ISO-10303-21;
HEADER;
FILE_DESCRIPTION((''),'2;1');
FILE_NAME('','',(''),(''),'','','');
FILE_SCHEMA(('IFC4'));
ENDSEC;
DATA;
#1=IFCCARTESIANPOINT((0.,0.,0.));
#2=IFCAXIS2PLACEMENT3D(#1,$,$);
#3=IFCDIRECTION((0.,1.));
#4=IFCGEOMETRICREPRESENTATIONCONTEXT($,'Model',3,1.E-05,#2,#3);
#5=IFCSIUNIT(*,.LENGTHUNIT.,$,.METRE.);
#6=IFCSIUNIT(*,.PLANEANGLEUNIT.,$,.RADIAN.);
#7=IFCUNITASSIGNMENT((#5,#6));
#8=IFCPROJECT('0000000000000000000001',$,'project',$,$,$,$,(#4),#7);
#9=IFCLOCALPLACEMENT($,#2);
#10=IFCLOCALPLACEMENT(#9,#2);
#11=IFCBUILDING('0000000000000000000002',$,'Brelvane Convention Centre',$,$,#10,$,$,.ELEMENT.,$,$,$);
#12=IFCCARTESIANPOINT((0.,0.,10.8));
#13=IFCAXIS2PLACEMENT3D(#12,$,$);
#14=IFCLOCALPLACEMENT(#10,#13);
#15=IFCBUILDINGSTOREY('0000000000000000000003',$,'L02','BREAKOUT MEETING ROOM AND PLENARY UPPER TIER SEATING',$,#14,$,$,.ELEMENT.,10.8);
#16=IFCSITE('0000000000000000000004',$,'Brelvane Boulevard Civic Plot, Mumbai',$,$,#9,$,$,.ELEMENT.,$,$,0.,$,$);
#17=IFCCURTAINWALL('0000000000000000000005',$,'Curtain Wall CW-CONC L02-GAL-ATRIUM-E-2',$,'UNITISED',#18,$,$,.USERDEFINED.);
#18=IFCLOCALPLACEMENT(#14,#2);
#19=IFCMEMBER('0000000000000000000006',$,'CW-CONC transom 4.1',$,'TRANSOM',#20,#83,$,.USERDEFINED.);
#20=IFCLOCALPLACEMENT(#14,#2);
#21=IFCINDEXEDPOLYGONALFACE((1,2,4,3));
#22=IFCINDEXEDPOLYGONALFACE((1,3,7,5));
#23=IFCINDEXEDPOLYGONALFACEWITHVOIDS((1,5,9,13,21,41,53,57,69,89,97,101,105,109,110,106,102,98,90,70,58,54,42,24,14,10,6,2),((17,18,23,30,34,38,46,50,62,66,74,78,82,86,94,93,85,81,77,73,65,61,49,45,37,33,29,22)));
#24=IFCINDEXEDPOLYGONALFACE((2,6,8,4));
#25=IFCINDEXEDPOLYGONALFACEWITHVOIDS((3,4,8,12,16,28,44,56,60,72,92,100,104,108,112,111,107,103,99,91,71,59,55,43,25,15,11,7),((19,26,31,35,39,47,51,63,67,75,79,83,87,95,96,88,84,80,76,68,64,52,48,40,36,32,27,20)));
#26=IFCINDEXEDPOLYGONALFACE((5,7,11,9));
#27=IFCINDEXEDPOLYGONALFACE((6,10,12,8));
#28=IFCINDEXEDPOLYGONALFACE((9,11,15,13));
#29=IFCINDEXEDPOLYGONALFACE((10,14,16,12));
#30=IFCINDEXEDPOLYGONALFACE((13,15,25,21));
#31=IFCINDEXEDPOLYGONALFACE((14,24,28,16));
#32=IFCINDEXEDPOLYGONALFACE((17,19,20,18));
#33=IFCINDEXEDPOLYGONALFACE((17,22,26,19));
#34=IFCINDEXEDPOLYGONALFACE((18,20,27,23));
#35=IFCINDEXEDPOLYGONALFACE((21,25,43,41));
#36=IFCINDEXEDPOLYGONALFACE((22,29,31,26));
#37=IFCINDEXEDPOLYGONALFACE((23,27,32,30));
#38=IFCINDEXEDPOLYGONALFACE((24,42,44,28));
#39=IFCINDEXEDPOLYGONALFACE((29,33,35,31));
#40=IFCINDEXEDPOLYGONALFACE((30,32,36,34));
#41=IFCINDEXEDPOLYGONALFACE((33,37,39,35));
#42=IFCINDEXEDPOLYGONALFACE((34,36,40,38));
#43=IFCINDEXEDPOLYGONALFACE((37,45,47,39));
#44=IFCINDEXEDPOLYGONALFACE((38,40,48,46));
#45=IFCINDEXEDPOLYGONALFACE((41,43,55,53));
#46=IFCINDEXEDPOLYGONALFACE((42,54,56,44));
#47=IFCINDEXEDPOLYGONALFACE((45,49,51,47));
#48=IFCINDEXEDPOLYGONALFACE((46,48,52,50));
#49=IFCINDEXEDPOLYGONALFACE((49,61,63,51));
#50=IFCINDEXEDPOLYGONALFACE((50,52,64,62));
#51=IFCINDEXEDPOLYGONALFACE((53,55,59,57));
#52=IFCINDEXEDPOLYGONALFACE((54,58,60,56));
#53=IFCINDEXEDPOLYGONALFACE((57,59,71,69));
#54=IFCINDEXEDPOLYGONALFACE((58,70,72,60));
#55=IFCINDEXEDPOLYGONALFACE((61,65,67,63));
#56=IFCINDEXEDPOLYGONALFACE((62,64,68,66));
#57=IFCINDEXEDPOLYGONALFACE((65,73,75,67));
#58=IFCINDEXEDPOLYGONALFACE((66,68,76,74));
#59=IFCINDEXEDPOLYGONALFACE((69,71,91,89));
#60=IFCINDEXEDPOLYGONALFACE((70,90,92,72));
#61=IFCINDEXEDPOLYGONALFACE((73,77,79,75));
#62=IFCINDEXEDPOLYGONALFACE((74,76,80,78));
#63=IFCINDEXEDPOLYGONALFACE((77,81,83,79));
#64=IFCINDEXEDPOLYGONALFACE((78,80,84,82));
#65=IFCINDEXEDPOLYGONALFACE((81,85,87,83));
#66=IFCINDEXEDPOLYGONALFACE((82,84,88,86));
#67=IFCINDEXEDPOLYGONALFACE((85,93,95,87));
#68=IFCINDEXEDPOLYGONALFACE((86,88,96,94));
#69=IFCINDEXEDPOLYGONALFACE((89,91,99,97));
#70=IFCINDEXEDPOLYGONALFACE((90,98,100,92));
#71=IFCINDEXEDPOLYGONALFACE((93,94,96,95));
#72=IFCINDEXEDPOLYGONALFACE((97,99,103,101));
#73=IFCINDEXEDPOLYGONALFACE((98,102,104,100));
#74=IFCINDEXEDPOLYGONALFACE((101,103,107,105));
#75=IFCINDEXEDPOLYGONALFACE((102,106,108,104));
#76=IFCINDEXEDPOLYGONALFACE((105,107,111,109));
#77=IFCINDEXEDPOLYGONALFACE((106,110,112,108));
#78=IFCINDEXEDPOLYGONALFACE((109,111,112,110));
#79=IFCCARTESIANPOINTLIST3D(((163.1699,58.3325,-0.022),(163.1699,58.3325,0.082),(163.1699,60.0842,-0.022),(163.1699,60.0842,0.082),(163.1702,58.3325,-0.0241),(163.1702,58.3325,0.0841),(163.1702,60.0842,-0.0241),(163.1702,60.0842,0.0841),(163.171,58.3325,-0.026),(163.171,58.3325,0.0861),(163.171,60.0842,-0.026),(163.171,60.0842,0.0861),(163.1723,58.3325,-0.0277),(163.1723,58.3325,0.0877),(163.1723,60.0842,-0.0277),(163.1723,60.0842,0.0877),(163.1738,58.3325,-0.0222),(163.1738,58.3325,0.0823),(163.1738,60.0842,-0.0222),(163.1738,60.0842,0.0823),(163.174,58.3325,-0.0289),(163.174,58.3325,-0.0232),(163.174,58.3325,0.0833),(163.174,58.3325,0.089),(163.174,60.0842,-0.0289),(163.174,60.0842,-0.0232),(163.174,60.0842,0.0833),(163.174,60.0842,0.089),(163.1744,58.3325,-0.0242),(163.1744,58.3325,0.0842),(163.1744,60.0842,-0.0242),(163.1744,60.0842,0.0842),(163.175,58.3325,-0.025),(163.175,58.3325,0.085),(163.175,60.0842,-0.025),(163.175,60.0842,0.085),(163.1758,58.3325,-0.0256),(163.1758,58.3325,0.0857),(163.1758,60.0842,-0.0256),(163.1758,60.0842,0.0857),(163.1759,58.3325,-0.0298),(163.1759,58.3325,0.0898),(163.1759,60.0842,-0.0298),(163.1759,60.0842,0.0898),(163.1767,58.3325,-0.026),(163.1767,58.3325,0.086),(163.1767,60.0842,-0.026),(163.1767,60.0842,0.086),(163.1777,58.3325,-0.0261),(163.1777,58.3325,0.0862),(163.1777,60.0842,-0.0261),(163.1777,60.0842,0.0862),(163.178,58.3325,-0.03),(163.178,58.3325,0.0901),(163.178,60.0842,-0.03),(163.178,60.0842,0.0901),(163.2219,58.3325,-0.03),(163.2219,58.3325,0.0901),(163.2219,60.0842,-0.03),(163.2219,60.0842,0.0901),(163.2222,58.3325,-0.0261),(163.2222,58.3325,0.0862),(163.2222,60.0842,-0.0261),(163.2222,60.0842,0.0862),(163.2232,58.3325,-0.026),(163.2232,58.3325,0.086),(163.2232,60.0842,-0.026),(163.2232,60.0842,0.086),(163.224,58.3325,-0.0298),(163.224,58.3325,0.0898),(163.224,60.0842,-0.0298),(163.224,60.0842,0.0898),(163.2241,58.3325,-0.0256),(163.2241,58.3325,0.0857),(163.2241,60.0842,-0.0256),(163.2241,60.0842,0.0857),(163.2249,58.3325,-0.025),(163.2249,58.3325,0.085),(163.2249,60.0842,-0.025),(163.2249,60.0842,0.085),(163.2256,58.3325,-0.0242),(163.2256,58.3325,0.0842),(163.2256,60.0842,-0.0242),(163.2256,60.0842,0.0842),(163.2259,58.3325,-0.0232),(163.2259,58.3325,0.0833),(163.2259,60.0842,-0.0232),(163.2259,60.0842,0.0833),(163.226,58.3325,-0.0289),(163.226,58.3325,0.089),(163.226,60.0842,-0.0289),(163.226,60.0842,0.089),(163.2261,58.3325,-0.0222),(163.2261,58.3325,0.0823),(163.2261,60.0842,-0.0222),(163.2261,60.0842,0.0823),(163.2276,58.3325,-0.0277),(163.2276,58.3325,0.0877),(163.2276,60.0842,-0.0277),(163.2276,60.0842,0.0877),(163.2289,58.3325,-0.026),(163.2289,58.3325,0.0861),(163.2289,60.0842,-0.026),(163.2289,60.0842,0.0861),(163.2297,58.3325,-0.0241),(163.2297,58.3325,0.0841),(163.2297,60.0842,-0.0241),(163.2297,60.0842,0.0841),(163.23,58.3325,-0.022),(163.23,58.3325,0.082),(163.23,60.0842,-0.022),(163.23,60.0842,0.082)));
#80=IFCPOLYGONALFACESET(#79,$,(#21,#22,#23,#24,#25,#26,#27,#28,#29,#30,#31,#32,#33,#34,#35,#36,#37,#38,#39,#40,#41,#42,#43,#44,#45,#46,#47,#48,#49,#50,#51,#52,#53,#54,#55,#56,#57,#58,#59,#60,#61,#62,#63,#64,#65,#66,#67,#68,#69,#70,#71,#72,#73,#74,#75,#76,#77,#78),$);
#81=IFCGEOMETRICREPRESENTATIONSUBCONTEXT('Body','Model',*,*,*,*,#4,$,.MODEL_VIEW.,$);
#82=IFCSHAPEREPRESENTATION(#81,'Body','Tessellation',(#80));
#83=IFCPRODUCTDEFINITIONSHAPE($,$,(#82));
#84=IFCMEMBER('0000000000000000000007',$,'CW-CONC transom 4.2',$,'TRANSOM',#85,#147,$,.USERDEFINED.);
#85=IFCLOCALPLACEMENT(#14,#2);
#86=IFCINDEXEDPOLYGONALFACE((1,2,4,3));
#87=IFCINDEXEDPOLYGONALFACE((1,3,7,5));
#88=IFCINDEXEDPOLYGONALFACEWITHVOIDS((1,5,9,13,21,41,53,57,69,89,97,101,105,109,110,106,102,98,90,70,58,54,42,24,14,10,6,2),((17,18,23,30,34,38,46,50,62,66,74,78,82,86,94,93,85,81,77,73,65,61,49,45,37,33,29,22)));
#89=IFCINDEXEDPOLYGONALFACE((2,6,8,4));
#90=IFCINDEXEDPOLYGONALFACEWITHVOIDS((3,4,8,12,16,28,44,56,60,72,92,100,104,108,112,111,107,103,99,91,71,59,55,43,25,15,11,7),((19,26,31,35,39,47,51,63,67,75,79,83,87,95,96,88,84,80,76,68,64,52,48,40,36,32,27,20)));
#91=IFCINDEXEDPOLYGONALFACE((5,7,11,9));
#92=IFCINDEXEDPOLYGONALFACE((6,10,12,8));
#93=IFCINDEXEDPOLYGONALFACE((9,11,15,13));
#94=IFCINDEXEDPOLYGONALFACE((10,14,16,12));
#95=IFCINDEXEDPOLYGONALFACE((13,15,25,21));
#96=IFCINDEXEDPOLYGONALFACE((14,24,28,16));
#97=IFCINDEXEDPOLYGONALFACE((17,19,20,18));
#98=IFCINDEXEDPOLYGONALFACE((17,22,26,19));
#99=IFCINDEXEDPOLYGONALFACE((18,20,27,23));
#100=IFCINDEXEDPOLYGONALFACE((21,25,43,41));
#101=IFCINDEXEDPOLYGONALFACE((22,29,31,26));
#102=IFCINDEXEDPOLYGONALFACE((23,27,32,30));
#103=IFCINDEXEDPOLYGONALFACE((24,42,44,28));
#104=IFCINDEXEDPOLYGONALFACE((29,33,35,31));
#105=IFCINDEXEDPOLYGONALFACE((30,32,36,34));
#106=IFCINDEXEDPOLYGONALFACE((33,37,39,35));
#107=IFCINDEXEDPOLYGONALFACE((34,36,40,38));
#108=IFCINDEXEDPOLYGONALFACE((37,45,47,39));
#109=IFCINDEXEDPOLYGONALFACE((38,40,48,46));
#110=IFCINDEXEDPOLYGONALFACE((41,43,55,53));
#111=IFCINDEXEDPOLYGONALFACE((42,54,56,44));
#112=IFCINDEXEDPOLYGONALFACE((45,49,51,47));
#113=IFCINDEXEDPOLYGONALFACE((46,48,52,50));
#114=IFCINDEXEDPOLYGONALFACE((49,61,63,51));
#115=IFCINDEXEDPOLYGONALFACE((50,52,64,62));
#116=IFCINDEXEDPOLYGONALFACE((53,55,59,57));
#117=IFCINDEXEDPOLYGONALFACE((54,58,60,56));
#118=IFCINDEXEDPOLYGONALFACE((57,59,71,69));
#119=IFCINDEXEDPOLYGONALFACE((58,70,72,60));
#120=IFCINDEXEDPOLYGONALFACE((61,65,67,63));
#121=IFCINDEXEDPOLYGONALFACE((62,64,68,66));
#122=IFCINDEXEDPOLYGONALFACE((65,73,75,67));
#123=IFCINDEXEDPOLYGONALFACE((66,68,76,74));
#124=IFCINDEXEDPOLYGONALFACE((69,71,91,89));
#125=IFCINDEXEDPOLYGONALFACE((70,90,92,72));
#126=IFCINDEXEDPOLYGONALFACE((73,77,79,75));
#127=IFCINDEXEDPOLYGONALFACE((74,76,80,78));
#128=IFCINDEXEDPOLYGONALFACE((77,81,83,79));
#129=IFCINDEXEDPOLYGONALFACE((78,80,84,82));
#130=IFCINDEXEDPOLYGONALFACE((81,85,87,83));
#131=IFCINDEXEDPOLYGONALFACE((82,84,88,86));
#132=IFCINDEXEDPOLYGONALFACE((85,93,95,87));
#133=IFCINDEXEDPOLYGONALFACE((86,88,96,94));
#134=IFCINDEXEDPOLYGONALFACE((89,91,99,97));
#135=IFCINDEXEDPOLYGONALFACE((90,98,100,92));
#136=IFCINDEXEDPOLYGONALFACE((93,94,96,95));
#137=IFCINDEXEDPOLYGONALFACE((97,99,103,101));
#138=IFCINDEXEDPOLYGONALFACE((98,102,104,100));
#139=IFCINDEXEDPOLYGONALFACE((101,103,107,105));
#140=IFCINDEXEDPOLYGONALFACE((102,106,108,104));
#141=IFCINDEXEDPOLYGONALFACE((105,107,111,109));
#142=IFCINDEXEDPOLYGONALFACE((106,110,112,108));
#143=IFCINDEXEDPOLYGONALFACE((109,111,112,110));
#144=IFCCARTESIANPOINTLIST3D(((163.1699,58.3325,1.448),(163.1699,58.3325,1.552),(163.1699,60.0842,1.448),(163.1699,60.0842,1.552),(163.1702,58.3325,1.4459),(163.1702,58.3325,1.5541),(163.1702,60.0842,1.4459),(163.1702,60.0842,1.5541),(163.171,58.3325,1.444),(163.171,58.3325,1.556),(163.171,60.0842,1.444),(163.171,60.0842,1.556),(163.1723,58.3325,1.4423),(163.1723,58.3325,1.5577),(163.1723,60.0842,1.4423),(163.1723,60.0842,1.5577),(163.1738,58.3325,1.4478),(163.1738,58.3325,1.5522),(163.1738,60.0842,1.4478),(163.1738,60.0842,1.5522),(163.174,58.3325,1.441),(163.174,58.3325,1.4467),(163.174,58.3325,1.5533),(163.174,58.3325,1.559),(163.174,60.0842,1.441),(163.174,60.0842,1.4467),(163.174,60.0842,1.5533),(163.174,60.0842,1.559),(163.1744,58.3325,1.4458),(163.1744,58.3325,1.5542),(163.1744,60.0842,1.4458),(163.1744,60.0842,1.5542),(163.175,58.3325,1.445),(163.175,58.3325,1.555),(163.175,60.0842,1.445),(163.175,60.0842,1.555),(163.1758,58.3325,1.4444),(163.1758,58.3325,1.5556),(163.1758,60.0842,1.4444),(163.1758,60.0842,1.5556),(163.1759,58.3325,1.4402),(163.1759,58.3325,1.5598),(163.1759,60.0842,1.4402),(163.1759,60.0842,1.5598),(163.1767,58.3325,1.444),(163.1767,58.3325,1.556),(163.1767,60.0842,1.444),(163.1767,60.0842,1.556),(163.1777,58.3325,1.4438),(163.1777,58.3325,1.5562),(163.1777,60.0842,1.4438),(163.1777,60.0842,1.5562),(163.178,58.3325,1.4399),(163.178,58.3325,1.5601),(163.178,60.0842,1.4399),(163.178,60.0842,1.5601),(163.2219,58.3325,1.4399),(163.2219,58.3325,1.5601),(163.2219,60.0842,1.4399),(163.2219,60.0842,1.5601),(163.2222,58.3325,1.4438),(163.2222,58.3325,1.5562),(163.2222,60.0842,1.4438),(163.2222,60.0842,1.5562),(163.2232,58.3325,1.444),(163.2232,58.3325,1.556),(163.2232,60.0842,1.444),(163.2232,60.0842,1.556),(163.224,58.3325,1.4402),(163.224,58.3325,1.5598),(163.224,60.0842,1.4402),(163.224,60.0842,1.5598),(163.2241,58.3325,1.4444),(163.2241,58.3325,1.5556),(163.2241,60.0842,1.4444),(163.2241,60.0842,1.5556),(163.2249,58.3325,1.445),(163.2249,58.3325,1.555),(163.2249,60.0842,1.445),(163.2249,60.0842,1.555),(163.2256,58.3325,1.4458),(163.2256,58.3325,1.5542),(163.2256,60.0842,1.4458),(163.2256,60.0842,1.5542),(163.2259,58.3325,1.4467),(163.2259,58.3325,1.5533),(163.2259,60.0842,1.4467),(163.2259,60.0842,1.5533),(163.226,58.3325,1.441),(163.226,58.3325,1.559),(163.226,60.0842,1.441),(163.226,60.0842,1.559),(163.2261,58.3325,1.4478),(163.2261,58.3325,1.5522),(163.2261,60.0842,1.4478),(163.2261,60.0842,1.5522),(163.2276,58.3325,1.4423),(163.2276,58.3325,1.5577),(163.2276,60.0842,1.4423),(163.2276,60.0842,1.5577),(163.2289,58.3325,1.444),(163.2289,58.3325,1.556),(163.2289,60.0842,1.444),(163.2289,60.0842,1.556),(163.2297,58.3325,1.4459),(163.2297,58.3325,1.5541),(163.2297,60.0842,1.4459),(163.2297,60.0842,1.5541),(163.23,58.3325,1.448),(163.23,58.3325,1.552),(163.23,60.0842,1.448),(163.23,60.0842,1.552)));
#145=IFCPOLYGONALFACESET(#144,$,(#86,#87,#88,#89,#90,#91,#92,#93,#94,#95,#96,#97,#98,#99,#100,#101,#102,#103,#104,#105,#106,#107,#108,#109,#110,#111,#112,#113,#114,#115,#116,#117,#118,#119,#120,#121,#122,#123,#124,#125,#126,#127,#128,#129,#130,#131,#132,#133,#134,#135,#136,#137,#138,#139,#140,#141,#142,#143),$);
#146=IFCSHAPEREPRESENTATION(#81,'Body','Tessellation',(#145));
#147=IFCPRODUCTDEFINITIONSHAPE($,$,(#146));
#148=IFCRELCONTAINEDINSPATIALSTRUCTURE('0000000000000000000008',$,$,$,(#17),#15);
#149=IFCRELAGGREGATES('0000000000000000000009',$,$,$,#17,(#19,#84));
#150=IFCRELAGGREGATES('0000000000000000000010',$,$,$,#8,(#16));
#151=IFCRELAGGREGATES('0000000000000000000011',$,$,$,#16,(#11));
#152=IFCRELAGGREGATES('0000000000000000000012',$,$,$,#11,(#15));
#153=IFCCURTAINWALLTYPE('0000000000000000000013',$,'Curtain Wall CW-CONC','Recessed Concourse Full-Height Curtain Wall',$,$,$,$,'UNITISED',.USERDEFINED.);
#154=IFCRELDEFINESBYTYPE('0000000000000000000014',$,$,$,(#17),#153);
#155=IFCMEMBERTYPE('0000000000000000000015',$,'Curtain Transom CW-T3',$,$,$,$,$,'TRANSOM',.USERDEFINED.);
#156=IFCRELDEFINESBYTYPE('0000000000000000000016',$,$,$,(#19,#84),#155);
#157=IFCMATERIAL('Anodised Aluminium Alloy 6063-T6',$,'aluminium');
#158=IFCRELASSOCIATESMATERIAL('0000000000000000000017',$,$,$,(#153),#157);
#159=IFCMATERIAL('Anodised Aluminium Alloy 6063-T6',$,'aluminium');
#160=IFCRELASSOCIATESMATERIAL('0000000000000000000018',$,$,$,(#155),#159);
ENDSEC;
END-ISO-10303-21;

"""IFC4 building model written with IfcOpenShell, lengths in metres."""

from ifc_helpers import new_model, si_unit, direction, frame, origin, origin_2d, place, context, subcontext, project, spatial, hollow_rectangle, extrude, material, material_profile, profile_set, type_object, element, aggregate, save


model = new_model("IFC4")

# Units and contexts
model_context = context("Model", 3, precision=1e-05, world=origin(), true_north=direction((0.0, 1.0)))
body_context = subcontext(model_context, "Body", "Model", "MODEL_VIEW")
ifc_project = project(units=[si_unit("LENGTHUNIT", "METRE"), si_unit("PLANEANGLEUNIT", "RADIAN")], contexts=[model_context])

# Site, building, storey
site_placement = place(None, origin())
site = spatial("IfcSite", under=ifc_project, at=site_placement, Name="Brelvane Boulevard Civic Plot, Mumbai", CompositionType="ELEMENT", RefElevation=0.0)
building_placement = place(site_placement, origin())
building = spatial("IfcBuilding", under=site, at=building_placement, Name="Brelvane Convention Centre", CompositionType="ELEMENT")
storey_placement = place(building_placement, frame((0.0, 0.0, 10.8)))
storey = spatial("IfcBuildingStorey", under=building, at=storey_placement, Name="L02", Description="BREAKOUT MEETING ROOM AND PLENARY UPPER TIER SEATING", CompositionType="ELEMENT", Elevation=10.8)

# Curtain wall, members
ifc_material_1 = material(Name="Anodised Aluminium Alloy 6063-T6", Category="aluminium")
curtain_wall_type = type_object("IfcCurtainWallType", Name="Curtain Wall CW-CONC", Description="Recessed Concourse Full-Height Curtain Wall", ElementType="UNITISED", PredefinedType="USERDEFINED", material=ifc_material_1)
curtain_wall_placement = place(storey_placement, origin())
curtain_wall = element("IfcCurtainWall", 1, at=curtain_wall_placement, inside=storey, type_object=curtain_wall_type, Name="Curtain Wall CW-CONC L02-GAL-ATRIUM-E-2", ObjectType="UNITISED", PredefinedType="USERDEFINED")
ifc_material_2 = material(Name="Anodised Aluminium Alloy 6063-T6", Category="aluminium")
ifc_material_profile_1 = material_profile(ifc_material_2, hollow_rectangle(XDim=0.0601, YDim=0.1201, WallThickness=0.0039, InnerFilletRadius=0.0039, OuterFilletRadius=0.0081, at=origin_2d()), Name="ALU-T 120x60x4.0")
ifc_profile_set_1 = profile_set([ifc_material_profile_1], Name="Anodised Aluminium Alloy 6063-T6")
member_type_1 = type_object("IfcMemberType", Name="Curtain Transom CW-T3", ElementType="TRANSOM", PredefinedType="USERDEFINED", material=ifc_profile_set_1)
member_1_placement = place(storey_placement, frame((163.2, 58.3325, 0.03), z_axis=(0.0, 1.0, 0.0), x_axis=(-1.0, 0.0, 0.0)))
member_1 = element("IfcMember", 2, at=member_1_placement, type_object=member_type_1, Name="CW-CONC transom 4.1", ObjectType="TRANSOM", PredefinedType="USERDEFINED", context=body_context, shape_type="SweptSolid", body=[
    extrude(hollow_rectangle(XDim=0.0601, YDim=0.1201, WallThickness=0.0039, InnerFilletRadius=0.0039, OuterFilletRadius=0.0081, at=origin_2d()), origin(), (0.0, 0.0, 1.0), 1.7517),
])
member_2_placement = place(storey_placement, frame((163.2, 58.3325, 1.5), z_axis=(0.0, 1.0, 0.0), x_axis=(-1.0, 0.0, 0.0)))
member_2 = element("IfcMember", 3, at=member_2_placement, type_object=member_type_1, Name="CW-CONC transom 4.2", ObjectType="TRANSOM", PredefinedType="USERDEFINED", context=body_context, shape_type="SweptSolid", body=[
    extrude(hollow_rectangle(XDim=0.0601, YDim=0.1201, WallThickness=0.0039, InnerFilletRadius=0.0039, OuterFilletRadius=0.0081, at=origin_2d()), origin(), (0.0, 0.0, 1.0), 1.7517),
])

aggregate(curtain_wall, [member_1, member_2])

save(model, "model.ifc")
